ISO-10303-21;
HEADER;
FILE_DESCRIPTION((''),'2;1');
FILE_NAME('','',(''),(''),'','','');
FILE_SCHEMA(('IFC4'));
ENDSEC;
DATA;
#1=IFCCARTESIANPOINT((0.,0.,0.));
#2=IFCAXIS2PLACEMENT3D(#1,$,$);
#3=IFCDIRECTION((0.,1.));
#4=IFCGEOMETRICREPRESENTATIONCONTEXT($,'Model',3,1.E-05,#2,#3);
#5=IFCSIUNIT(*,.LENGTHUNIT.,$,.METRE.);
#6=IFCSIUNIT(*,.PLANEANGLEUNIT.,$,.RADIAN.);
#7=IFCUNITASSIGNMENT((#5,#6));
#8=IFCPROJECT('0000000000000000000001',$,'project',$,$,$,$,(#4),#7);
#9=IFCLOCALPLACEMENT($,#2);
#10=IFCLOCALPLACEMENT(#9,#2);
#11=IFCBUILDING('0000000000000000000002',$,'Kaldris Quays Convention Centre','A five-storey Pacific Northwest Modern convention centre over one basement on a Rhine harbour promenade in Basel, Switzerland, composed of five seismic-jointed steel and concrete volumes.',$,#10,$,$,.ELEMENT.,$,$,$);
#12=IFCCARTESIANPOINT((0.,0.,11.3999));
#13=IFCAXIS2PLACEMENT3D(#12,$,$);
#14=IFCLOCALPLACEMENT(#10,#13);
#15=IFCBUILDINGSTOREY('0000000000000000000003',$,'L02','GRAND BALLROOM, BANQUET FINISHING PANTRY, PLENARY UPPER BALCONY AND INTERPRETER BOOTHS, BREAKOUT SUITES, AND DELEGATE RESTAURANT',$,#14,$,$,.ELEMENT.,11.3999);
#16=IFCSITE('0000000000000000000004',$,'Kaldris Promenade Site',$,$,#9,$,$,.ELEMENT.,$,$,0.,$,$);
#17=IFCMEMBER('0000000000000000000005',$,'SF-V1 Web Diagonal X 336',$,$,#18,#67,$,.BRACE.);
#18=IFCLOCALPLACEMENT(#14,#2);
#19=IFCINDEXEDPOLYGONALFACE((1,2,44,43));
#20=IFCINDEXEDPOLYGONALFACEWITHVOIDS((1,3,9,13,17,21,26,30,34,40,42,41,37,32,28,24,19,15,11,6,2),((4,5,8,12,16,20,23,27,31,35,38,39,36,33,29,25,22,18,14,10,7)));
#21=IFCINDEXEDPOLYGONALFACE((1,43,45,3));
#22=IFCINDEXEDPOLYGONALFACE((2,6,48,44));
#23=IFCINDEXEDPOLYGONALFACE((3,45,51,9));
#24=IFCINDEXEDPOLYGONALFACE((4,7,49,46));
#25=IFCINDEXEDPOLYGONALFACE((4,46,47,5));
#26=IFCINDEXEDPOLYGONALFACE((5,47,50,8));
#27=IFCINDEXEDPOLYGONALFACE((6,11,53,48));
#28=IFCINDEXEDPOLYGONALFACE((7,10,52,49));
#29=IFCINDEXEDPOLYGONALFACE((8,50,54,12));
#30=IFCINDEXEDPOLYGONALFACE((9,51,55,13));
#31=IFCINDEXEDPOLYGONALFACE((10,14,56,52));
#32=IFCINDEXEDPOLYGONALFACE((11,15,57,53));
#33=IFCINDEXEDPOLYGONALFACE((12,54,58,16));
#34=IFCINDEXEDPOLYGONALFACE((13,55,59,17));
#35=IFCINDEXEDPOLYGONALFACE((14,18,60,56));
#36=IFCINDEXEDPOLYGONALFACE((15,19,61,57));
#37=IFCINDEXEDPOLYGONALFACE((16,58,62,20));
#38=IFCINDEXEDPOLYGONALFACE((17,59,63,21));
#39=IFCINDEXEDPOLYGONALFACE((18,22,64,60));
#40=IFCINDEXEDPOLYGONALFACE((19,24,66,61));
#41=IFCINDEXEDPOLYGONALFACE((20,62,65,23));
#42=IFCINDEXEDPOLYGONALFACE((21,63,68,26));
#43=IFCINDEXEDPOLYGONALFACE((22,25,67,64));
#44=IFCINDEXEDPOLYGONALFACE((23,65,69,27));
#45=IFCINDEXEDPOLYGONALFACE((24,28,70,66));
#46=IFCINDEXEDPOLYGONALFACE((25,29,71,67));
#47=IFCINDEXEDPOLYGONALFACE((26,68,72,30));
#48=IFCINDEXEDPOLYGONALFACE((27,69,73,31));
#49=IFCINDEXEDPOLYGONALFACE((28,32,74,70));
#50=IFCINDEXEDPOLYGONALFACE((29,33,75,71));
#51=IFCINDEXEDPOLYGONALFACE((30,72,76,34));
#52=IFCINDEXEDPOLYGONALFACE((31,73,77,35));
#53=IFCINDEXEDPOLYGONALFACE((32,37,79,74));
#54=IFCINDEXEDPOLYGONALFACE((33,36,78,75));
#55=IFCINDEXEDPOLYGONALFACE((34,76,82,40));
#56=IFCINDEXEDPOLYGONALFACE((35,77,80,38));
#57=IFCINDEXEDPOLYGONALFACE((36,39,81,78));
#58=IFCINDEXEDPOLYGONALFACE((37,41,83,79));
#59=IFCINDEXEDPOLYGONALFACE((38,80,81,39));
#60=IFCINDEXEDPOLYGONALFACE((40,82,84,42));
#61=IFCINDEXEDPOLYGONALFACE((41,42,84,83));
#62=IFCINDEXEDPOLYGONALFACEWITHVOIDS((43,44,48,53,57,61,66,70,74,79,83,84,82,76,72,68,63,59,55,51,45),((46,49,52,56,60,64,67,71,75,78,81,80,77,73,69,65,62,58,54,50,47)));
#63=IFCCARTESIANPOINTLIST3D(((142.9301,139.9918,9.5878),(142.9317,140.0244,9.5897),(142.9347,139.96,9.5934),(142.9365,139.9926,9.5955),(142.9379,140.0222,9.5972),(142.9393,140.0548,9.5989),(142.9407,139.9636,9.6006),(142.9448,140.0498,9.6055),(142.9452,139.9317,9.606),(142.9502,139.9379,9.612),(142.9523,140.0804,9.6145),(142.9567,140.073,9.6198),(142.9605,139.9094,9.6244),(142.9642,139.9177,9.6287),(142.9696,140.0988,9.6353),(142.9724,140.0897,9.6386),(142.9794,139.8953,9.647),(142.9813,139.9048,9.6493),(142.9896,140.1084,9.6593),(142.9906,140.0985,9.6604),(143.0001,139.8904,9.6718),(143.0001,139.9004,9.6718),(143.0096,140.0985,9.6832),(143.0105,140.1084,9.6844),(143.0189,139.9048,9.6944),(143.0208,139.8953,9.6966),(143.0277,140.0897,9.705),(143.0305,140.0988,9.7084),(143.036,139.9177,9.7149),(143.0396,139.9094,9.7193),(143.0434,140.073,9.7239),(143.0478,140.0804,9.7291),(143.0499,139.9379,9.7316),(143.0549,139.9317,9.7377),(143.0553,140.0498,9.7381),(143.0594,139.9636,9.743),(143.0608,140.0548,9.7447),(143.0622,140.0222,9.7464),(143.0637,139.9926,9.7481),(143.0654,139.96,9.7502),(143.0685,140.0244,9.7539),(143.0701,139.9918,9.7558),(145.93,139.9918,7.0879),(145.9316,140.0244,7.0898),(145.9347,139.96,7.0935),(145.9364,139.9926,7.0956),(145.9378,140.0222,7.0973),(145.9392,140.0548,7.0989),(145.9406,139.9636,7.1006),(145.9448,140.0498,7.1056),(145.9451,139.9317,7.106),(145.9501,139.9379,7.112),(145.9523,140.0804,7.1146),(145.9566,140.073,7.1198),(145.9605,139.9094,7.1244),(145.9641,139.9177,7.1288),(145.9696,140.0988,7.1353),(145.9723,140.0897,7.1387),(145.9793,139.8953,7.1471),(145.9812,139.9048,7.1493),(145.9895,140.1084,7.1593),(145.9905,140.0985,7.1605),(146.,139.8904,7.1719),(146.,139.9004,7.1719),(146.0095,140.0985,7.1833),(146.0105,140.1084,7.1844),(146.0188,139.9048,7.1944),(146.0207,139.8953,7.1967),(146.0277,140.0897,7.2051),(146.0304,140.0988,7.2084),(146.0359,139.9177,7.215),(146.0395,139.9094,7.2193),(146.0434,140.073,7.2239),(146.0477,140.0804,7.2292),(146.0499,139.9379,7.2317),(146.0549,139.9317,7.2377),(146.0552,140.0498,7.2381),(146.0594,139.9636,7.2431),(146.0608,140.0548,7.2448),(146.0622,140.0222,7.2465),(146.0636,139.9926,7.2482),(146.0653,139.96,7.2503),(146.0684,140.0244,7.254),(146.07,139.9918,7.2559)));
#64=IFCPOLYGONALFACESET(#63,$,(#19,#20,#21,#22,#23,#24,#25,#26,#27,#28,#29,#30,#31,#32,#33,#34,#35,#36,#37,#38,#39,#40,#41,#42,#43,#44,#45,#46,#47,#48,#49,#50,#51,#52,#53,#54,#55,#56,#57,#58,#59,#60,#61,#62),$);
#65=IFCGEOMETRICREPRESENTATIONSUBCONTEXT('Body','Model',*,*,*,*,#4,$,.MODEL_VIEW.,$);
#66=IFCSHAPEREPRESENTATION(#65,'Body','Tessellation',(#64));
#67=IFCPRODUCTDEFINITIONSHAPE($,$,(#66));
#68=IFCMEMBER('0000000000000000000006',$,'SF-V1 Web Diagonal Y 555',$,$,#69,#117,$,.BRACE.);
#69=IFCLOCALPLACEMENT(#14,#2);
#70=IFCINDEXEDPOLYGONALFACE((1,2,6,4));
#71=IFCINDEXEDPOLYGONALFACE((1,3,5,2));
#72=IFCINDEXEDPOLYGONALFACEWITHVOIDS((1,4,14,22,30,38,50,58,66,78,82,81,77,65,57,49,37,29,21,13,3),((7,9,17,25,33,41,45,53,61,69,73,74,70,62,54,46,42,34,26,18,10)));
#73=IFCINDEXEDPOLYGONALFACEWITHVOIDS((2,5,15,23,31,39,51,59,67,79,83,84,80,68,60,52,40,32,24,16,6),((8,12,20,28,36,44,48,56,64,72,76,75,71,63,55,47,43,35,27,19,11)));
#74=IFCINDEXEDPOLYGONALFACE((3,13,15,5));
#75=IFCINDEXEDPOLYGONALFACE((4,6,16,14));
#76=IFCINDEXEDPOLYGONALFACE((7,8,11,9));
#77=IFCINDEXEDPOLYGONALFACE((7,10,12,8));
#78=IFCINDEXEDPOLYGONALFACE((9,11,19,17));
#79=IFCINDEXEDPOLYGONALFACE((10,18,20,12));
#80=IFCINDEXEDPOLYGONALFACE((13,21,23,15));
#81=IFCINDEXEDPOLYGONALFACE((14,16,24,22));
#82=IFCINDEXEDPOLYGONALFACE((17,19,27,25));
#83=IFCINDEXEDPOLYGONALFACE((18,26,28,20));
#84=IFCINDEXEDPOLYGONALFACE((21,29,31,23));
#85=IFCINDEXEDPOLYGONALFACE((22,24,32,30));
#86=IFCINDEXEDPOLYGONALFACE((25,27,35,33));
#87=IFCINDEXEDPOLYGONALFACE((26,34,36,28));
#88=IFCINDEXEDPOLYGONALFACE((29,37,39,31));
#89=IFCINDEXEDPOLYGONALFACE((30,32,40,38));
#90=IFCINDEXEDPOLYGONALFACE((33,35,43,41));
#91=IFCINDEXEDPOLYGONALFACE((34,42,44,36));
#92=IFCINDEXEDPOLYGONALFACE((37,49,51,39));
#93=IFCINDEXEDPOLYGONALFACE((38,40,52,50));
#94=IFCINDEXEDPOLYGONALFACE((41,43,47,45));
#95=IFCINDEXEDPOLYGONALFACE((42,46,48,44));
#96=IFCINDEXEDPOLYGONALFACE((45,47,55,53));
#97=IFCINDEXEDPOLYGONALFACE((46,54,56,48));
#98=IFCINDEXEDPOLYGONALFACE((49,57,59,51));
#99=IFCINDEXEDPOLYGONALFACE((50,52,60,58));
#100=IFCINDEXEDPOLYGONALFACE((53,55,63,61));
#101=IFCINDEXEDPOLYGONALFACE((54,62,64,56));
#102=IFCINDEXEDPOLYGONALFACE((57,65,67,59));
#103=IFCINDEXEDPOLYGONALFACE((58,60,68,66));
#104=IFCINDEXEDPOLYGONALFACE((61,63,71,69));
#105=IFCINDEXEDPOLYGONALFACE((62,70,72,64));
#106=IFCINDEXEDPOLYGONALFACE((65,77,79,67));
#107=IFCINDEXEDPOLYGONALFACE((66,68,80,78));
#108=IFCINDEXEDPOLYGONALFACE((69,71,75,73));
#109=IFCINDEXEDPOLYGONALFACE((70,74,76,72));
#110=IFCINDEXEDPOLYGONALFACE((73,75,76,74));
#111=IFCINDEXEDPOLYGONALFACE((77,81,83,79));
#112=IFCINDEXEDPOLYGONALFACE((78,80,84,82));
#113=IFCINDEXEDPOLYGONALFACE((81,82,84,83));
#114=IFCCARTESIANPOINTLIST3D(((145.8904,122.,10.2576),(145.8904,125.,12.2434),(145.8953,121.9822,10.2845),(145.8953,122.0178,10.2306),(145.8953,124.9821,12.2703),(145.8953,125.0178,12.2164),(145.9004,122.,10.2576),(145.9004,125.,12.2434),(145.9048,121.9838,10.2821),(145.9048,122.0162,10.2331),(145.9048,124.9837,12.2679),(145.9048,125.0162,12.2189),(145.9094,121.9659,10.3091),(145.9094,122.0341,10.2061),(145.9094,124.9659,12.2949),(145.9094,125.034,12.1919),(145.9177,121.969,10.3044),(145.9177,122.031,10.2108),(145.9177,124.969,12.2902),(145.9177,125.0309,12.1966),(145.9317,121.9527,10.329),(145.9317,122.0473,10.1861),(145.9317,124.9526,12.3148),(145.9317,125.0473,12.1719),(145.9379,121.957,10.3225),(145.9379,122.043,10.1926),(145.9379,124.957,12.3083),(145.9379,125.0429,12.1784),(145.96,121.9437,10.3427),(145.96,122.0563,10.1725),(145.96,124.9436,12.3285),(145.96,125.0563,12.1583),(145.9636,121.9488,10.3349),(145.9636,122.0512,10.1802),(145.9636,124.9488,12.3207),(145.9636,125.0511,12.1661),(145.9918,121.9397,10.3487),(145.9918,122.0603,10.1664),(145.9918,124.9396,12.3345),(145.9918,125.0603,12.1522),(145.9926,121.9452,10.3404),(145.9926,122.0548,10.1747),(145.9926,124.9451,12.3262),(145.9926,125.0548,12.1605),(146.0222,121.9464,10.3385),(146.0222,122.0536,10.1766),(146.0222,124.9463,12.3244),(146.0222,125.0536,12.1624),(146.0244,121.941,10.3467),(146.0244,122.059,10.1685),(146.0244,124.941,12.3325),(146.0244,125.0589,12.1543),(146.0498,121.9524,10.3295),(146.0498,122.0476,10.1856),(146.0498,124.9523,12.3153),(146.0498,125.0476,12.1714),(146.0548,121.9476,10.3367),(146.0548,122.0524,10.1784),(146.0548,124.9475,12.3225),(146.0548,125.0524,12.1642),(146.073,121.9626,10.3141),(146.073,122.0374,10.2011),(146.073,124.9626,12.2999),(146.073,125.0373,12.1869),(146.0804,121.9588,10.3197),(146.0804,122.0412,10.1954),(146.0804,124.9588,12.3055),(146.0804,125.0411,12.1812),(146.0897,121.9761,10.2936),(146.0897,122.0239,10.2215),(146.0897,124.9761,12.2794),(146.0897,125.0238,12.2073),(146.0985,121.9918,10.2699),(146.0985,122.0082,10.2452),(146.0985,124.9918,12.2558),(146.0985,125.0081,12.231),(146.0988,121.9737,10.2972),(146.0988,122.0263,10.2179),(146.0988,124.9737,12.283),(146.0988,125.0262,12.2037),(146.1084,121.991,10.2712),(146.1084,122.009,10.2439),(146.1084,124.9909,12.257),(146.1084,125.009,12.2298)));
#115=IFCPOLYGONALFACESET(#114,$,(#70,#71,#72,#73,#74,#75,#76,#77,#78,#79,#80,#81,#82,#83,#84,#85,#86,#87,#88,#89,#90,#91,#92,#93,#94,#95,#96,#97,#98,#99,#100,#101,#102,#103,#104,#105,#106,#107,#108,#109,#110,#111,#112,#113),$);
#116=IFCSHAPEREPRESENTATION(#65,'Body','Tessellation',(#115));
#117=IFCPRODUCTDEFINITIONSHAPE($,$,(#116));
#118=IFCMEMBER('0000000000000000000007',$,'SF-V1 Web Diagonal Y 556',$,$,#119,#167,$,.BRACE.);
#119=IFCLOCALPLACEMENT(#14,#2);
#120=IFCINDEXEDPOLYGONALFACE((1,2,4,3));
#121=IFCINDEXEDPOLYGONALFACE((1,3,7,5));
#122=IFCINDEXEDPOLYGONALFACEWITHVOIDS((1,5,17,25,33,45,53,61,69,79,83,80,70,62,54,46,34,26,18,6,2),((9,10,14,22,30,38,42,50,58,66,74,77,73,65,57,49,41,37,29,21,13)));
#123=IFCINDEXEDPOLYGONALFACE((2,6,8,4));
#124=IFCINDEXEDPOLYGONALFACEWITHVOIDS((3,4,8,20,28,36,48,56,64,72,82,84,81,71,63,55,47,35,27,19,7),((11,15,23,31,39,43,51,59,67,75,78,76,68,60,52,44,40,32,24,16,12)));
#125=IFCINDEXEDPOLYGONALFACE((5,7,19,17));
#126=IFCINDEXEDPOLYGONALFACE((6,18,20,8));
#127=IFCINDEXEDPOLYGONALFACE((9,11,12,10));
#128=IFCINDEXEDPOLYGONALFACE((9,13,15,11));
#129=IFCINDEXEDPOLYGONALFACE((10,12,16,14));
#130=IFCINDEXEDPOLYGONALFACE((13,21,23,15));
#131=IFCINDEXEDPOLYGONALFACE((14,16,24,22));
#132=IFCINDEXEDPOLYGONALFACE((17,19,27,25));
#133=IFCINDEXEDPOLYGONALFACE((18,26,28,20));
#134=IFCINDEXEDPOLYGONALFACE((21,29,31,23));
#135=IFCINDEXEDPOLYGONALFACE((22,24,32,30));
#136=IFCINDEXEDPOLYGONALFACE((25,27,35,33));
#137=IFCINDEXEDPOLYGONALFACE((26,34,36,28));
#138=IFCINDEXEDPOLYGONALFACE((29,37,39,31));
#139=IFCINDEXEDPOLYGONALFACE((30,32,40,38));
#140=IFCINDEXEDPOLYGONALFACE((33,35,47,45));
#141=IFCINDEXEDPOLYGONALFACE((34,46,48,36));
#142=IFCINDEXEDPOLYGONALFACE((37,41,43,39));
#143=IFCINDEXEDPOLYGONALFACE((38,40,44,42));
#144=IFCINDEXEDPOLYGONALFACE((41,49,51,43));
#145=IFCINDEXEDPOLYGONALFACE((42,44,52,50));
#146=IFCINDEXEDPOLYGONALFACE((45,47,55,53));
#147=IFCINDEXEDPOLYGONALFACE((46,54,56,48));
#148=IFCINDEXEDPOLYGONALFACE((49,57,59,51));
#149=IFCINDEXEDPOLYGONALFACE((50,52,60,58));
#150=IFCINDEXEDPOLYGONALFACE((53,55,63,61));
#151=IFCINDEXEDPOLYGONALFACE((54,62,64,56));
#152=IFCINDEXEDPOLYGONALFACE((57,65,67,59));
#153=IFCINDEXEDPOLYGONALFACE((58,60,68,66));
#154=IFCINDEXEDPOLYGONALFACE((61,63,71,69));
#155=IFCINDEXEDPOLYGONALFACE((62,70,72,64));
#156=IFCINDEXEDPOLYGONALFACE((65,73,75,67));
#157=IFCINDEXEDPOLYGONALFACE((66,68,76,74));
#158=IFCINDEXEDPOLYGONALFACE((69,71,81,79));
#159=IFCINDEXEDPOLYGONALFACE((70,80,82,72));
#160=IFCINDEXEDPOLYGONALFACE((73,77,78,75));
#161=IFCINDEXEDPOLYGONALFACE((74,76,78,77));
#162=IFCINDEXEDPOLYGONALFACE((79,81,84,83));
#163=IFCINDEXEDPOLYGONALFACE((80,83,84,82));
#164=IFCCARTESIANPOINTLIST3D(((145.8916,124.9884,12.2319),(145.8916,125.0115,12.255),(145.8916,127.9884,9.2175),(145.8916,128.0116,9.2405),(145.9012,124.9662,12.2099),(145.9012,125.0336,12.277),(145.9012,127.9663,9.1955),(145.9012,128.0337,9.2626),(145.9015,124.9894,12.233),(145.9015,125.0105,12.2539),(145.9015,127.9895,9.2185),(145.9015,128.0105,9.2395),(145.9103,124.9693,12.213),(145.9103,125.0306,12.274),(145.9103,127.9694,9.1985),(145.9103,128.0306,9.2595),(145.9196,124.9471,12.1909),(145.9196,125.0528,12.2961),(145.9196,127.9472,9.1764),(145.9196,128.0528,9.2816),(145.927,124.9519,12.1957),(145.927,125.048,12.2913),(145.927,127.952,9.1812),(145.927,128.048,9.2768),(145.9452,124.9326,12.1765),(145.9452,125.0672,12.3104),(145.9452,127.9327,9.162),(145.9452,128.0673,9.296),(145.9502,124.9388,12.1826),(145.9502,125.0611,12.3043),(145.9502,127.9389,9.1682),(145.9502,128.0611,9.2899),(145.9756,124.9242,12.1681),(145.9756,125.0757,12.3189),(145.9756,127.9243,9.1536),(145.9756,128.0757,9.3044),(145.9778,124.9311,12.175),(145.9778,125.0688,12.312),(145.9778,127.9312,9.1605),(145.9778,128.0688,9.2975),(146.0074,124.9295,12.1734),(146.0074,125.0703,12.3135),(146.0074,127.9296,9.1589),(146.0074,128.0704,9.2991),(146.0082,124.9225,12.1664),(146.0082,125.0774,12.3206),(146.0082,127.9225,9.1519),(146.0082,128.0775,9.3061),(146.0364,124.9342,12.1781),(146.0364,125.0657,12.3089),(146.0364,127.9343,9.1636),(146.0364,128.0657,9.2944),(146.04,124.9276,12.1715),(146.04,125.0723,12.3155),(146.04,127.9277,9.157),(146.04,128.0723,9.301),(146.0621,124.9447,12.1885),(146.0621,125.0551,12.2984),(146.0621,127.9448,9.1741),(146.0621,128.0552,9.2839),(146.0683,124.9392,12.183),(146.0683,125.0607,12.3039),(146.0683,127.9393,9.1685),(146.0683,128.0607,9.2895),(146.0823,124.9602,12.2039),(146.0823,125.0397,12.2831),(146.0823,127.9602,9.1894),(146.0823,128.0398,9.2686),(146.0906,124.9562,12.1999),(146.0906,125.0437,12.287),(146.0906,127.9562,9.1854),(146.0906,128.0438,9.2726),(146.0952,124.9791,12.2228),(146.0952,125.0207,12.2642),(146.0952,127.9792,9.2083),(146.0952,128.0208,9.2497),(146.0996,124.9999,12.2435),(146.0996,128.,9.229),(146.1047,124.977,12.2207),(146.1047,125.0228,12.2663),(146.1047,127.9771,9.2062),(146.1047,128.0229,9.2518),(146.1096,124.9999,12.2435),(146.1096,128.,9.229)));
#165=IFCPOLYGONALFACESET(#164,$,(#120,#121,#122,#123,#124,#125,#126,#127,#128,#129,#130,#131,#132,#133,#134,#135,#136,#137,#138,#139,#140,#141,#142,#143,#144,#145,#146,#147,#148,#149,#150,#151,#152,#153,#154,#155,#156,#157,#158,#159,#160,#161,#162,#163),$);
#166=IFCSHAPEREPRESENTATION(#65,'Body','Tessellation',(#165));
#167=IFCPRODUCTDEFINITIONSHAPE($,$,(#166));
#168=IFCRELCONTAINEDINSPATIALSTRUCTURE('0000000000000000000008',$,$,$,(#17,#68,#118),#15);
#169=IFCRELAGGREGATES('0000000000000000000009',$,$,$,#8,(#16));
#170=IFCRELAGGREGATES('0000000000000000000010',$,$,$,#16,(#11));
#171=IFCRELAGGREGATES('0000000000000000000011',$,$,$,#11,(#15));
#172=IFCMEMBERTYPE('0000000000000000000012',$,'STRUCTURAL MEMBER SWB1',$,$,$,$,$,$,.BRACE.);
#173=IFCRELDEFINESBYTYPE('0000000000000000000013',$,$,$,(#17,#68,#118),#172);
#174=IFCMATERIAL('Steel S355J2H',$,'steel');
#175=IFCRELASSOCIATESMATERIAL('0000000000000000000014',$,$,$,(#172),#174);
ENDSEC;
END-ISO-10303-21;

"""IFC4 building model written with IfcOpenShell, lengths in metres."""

from ifc_helpers import new_model, si_unit, direction, frame, origin, origin_2d, place, context, subcontext, project, spatial, hollow_circle, extrude, material, material_profile, profile_set, type_object, element, save


model = new_model("IFC4")

# Units and contexts
model_context = context("Model", 3, precision=1e-05, world=origin(), true_north=direction((0.0, 1.0)))
body_context = subcontext(model_context, "Body", "Model", "MODEL_VIEW")
ifc_project = project(units=[si_unit("LENGTHUNIT", "METRE"), si_unit("PLANEANGLEUNIT", "RADIAN")], contexts=[model_context])

# Site, building, storey
site_placement = place(None, origin())
site = spatial("IfcSite", under=ifc_project, at=site_placement, Name="Kaldris Promenade Site", CompositionType="ELEMENT", RefElevation=0.0)
building_placement = place(site_placement, origin())
building = spatial("IfcBuilding", under=site, at=building_placement, Name="Kaldris Quays Convention Centre", Description="A five-storey Pacific Northwest Modern convention centre over one basement on a Rhine harbour promenade in Basel, Switzerland, composed of five seismic-jointed steel and concrete volumes.", CompositionType="ELEMENT")
storey_placement = place(building_placement, frame((0.0, 0.0, 11.3999)))
storey = spatial("IfcBuildingStorey", under=building, at=storey_placement, Name="L02", Description="GRAND BALLROOM, BANQUET FINISHING PANTRY, PLENARY UPPER BALCONY AND INTERPRETER BOOTHS, BREAKOUT SUITES, AND DELEGATE RESTAURANT", CompositionType="ELEMENT", Elevation=11.3999)

# Members
ifc_material_1 = material(Name="Steel S355J2H", Category="steel")
ifc_material_profile_1 = material_profile(ifc_material_1, hollow_circle(Radius=0.1096, WallThickness=0.01, at=origin_2d()), Name="CHS 219.1x10")
ifc_profile_set_1 = profile_set([ifc_material_profile_1], Name="Steel S355J2H")
member_type_1 = type_object("IfcMemberType", Name="STRUCTURAL MEMBER SWB1", PredefinedType="BRACE", material=ifc_profile_set_1)
for number, where, z_axis, x_axis, name in (
    (1, (146.0, 140.0, 7.1719), (-0.768221, 0.0, 0.640184), (0.0, -1.0, 0.0), "SF-V1 Web Diagonal X 336"),
):
    element("IfcMember", number, at=place(storey_placement, frame(where, z_axis=z_axis, x_axis=x_axis)), inside=storey, type_object=member_type_1, Name=name, PredefinedType="BRACE", context=body_context, shape_type="SweptSolid", body=[
        extrude(hollow_circle(Radius=0.1096, WallThickness=0.01, at=origin_2d()), origin(), (0.0, 0.0, 1.0), 3.905),
    ])
member_1_placement = place(storey_placement, frame((146.0, 122.0, 10.2576), z_axis=(0.0, 0.833862, 0.551972), x_axis=(-1.0, 0.0, 0.0)))
element("IfcMember", 2, at=member_1_placement, inside=storey, type_object=member_type_1, Name="SF-V1 Web Diagonal Y 555", PredefinedType="BRACE", context=body_context, shape_type="SweptSolid", body=[
    extrude(hollow_circle(Radius=0.1096, WallThickness=0.01, at=origin_2d()), origin(), (0.0, 0.0, 1.0), 3.5977),
])
member_2_placement = place(storey_placement, frame((146.0, 128.0, 9.229), z_axis=(0.0, -0.705411, 0.708798), x_axis=(1.0, 0.0, 0.0)))
element("IfcMember", 3, at=member_2_placement, inside=storey, type_object=member_type_1, Name="SF-V1 Web Diagonal Y 556", PredefinedType="BRACE", context=body_context, shape_type="SweptSolid", body=[
    extrude(hollow_circle(Radius=0.1096, WallThickness=0.01, at=origin_2d()), origin(), (0.0, 0.0, 1.0), 4.2529),
])

save(model, "model.ifc")
